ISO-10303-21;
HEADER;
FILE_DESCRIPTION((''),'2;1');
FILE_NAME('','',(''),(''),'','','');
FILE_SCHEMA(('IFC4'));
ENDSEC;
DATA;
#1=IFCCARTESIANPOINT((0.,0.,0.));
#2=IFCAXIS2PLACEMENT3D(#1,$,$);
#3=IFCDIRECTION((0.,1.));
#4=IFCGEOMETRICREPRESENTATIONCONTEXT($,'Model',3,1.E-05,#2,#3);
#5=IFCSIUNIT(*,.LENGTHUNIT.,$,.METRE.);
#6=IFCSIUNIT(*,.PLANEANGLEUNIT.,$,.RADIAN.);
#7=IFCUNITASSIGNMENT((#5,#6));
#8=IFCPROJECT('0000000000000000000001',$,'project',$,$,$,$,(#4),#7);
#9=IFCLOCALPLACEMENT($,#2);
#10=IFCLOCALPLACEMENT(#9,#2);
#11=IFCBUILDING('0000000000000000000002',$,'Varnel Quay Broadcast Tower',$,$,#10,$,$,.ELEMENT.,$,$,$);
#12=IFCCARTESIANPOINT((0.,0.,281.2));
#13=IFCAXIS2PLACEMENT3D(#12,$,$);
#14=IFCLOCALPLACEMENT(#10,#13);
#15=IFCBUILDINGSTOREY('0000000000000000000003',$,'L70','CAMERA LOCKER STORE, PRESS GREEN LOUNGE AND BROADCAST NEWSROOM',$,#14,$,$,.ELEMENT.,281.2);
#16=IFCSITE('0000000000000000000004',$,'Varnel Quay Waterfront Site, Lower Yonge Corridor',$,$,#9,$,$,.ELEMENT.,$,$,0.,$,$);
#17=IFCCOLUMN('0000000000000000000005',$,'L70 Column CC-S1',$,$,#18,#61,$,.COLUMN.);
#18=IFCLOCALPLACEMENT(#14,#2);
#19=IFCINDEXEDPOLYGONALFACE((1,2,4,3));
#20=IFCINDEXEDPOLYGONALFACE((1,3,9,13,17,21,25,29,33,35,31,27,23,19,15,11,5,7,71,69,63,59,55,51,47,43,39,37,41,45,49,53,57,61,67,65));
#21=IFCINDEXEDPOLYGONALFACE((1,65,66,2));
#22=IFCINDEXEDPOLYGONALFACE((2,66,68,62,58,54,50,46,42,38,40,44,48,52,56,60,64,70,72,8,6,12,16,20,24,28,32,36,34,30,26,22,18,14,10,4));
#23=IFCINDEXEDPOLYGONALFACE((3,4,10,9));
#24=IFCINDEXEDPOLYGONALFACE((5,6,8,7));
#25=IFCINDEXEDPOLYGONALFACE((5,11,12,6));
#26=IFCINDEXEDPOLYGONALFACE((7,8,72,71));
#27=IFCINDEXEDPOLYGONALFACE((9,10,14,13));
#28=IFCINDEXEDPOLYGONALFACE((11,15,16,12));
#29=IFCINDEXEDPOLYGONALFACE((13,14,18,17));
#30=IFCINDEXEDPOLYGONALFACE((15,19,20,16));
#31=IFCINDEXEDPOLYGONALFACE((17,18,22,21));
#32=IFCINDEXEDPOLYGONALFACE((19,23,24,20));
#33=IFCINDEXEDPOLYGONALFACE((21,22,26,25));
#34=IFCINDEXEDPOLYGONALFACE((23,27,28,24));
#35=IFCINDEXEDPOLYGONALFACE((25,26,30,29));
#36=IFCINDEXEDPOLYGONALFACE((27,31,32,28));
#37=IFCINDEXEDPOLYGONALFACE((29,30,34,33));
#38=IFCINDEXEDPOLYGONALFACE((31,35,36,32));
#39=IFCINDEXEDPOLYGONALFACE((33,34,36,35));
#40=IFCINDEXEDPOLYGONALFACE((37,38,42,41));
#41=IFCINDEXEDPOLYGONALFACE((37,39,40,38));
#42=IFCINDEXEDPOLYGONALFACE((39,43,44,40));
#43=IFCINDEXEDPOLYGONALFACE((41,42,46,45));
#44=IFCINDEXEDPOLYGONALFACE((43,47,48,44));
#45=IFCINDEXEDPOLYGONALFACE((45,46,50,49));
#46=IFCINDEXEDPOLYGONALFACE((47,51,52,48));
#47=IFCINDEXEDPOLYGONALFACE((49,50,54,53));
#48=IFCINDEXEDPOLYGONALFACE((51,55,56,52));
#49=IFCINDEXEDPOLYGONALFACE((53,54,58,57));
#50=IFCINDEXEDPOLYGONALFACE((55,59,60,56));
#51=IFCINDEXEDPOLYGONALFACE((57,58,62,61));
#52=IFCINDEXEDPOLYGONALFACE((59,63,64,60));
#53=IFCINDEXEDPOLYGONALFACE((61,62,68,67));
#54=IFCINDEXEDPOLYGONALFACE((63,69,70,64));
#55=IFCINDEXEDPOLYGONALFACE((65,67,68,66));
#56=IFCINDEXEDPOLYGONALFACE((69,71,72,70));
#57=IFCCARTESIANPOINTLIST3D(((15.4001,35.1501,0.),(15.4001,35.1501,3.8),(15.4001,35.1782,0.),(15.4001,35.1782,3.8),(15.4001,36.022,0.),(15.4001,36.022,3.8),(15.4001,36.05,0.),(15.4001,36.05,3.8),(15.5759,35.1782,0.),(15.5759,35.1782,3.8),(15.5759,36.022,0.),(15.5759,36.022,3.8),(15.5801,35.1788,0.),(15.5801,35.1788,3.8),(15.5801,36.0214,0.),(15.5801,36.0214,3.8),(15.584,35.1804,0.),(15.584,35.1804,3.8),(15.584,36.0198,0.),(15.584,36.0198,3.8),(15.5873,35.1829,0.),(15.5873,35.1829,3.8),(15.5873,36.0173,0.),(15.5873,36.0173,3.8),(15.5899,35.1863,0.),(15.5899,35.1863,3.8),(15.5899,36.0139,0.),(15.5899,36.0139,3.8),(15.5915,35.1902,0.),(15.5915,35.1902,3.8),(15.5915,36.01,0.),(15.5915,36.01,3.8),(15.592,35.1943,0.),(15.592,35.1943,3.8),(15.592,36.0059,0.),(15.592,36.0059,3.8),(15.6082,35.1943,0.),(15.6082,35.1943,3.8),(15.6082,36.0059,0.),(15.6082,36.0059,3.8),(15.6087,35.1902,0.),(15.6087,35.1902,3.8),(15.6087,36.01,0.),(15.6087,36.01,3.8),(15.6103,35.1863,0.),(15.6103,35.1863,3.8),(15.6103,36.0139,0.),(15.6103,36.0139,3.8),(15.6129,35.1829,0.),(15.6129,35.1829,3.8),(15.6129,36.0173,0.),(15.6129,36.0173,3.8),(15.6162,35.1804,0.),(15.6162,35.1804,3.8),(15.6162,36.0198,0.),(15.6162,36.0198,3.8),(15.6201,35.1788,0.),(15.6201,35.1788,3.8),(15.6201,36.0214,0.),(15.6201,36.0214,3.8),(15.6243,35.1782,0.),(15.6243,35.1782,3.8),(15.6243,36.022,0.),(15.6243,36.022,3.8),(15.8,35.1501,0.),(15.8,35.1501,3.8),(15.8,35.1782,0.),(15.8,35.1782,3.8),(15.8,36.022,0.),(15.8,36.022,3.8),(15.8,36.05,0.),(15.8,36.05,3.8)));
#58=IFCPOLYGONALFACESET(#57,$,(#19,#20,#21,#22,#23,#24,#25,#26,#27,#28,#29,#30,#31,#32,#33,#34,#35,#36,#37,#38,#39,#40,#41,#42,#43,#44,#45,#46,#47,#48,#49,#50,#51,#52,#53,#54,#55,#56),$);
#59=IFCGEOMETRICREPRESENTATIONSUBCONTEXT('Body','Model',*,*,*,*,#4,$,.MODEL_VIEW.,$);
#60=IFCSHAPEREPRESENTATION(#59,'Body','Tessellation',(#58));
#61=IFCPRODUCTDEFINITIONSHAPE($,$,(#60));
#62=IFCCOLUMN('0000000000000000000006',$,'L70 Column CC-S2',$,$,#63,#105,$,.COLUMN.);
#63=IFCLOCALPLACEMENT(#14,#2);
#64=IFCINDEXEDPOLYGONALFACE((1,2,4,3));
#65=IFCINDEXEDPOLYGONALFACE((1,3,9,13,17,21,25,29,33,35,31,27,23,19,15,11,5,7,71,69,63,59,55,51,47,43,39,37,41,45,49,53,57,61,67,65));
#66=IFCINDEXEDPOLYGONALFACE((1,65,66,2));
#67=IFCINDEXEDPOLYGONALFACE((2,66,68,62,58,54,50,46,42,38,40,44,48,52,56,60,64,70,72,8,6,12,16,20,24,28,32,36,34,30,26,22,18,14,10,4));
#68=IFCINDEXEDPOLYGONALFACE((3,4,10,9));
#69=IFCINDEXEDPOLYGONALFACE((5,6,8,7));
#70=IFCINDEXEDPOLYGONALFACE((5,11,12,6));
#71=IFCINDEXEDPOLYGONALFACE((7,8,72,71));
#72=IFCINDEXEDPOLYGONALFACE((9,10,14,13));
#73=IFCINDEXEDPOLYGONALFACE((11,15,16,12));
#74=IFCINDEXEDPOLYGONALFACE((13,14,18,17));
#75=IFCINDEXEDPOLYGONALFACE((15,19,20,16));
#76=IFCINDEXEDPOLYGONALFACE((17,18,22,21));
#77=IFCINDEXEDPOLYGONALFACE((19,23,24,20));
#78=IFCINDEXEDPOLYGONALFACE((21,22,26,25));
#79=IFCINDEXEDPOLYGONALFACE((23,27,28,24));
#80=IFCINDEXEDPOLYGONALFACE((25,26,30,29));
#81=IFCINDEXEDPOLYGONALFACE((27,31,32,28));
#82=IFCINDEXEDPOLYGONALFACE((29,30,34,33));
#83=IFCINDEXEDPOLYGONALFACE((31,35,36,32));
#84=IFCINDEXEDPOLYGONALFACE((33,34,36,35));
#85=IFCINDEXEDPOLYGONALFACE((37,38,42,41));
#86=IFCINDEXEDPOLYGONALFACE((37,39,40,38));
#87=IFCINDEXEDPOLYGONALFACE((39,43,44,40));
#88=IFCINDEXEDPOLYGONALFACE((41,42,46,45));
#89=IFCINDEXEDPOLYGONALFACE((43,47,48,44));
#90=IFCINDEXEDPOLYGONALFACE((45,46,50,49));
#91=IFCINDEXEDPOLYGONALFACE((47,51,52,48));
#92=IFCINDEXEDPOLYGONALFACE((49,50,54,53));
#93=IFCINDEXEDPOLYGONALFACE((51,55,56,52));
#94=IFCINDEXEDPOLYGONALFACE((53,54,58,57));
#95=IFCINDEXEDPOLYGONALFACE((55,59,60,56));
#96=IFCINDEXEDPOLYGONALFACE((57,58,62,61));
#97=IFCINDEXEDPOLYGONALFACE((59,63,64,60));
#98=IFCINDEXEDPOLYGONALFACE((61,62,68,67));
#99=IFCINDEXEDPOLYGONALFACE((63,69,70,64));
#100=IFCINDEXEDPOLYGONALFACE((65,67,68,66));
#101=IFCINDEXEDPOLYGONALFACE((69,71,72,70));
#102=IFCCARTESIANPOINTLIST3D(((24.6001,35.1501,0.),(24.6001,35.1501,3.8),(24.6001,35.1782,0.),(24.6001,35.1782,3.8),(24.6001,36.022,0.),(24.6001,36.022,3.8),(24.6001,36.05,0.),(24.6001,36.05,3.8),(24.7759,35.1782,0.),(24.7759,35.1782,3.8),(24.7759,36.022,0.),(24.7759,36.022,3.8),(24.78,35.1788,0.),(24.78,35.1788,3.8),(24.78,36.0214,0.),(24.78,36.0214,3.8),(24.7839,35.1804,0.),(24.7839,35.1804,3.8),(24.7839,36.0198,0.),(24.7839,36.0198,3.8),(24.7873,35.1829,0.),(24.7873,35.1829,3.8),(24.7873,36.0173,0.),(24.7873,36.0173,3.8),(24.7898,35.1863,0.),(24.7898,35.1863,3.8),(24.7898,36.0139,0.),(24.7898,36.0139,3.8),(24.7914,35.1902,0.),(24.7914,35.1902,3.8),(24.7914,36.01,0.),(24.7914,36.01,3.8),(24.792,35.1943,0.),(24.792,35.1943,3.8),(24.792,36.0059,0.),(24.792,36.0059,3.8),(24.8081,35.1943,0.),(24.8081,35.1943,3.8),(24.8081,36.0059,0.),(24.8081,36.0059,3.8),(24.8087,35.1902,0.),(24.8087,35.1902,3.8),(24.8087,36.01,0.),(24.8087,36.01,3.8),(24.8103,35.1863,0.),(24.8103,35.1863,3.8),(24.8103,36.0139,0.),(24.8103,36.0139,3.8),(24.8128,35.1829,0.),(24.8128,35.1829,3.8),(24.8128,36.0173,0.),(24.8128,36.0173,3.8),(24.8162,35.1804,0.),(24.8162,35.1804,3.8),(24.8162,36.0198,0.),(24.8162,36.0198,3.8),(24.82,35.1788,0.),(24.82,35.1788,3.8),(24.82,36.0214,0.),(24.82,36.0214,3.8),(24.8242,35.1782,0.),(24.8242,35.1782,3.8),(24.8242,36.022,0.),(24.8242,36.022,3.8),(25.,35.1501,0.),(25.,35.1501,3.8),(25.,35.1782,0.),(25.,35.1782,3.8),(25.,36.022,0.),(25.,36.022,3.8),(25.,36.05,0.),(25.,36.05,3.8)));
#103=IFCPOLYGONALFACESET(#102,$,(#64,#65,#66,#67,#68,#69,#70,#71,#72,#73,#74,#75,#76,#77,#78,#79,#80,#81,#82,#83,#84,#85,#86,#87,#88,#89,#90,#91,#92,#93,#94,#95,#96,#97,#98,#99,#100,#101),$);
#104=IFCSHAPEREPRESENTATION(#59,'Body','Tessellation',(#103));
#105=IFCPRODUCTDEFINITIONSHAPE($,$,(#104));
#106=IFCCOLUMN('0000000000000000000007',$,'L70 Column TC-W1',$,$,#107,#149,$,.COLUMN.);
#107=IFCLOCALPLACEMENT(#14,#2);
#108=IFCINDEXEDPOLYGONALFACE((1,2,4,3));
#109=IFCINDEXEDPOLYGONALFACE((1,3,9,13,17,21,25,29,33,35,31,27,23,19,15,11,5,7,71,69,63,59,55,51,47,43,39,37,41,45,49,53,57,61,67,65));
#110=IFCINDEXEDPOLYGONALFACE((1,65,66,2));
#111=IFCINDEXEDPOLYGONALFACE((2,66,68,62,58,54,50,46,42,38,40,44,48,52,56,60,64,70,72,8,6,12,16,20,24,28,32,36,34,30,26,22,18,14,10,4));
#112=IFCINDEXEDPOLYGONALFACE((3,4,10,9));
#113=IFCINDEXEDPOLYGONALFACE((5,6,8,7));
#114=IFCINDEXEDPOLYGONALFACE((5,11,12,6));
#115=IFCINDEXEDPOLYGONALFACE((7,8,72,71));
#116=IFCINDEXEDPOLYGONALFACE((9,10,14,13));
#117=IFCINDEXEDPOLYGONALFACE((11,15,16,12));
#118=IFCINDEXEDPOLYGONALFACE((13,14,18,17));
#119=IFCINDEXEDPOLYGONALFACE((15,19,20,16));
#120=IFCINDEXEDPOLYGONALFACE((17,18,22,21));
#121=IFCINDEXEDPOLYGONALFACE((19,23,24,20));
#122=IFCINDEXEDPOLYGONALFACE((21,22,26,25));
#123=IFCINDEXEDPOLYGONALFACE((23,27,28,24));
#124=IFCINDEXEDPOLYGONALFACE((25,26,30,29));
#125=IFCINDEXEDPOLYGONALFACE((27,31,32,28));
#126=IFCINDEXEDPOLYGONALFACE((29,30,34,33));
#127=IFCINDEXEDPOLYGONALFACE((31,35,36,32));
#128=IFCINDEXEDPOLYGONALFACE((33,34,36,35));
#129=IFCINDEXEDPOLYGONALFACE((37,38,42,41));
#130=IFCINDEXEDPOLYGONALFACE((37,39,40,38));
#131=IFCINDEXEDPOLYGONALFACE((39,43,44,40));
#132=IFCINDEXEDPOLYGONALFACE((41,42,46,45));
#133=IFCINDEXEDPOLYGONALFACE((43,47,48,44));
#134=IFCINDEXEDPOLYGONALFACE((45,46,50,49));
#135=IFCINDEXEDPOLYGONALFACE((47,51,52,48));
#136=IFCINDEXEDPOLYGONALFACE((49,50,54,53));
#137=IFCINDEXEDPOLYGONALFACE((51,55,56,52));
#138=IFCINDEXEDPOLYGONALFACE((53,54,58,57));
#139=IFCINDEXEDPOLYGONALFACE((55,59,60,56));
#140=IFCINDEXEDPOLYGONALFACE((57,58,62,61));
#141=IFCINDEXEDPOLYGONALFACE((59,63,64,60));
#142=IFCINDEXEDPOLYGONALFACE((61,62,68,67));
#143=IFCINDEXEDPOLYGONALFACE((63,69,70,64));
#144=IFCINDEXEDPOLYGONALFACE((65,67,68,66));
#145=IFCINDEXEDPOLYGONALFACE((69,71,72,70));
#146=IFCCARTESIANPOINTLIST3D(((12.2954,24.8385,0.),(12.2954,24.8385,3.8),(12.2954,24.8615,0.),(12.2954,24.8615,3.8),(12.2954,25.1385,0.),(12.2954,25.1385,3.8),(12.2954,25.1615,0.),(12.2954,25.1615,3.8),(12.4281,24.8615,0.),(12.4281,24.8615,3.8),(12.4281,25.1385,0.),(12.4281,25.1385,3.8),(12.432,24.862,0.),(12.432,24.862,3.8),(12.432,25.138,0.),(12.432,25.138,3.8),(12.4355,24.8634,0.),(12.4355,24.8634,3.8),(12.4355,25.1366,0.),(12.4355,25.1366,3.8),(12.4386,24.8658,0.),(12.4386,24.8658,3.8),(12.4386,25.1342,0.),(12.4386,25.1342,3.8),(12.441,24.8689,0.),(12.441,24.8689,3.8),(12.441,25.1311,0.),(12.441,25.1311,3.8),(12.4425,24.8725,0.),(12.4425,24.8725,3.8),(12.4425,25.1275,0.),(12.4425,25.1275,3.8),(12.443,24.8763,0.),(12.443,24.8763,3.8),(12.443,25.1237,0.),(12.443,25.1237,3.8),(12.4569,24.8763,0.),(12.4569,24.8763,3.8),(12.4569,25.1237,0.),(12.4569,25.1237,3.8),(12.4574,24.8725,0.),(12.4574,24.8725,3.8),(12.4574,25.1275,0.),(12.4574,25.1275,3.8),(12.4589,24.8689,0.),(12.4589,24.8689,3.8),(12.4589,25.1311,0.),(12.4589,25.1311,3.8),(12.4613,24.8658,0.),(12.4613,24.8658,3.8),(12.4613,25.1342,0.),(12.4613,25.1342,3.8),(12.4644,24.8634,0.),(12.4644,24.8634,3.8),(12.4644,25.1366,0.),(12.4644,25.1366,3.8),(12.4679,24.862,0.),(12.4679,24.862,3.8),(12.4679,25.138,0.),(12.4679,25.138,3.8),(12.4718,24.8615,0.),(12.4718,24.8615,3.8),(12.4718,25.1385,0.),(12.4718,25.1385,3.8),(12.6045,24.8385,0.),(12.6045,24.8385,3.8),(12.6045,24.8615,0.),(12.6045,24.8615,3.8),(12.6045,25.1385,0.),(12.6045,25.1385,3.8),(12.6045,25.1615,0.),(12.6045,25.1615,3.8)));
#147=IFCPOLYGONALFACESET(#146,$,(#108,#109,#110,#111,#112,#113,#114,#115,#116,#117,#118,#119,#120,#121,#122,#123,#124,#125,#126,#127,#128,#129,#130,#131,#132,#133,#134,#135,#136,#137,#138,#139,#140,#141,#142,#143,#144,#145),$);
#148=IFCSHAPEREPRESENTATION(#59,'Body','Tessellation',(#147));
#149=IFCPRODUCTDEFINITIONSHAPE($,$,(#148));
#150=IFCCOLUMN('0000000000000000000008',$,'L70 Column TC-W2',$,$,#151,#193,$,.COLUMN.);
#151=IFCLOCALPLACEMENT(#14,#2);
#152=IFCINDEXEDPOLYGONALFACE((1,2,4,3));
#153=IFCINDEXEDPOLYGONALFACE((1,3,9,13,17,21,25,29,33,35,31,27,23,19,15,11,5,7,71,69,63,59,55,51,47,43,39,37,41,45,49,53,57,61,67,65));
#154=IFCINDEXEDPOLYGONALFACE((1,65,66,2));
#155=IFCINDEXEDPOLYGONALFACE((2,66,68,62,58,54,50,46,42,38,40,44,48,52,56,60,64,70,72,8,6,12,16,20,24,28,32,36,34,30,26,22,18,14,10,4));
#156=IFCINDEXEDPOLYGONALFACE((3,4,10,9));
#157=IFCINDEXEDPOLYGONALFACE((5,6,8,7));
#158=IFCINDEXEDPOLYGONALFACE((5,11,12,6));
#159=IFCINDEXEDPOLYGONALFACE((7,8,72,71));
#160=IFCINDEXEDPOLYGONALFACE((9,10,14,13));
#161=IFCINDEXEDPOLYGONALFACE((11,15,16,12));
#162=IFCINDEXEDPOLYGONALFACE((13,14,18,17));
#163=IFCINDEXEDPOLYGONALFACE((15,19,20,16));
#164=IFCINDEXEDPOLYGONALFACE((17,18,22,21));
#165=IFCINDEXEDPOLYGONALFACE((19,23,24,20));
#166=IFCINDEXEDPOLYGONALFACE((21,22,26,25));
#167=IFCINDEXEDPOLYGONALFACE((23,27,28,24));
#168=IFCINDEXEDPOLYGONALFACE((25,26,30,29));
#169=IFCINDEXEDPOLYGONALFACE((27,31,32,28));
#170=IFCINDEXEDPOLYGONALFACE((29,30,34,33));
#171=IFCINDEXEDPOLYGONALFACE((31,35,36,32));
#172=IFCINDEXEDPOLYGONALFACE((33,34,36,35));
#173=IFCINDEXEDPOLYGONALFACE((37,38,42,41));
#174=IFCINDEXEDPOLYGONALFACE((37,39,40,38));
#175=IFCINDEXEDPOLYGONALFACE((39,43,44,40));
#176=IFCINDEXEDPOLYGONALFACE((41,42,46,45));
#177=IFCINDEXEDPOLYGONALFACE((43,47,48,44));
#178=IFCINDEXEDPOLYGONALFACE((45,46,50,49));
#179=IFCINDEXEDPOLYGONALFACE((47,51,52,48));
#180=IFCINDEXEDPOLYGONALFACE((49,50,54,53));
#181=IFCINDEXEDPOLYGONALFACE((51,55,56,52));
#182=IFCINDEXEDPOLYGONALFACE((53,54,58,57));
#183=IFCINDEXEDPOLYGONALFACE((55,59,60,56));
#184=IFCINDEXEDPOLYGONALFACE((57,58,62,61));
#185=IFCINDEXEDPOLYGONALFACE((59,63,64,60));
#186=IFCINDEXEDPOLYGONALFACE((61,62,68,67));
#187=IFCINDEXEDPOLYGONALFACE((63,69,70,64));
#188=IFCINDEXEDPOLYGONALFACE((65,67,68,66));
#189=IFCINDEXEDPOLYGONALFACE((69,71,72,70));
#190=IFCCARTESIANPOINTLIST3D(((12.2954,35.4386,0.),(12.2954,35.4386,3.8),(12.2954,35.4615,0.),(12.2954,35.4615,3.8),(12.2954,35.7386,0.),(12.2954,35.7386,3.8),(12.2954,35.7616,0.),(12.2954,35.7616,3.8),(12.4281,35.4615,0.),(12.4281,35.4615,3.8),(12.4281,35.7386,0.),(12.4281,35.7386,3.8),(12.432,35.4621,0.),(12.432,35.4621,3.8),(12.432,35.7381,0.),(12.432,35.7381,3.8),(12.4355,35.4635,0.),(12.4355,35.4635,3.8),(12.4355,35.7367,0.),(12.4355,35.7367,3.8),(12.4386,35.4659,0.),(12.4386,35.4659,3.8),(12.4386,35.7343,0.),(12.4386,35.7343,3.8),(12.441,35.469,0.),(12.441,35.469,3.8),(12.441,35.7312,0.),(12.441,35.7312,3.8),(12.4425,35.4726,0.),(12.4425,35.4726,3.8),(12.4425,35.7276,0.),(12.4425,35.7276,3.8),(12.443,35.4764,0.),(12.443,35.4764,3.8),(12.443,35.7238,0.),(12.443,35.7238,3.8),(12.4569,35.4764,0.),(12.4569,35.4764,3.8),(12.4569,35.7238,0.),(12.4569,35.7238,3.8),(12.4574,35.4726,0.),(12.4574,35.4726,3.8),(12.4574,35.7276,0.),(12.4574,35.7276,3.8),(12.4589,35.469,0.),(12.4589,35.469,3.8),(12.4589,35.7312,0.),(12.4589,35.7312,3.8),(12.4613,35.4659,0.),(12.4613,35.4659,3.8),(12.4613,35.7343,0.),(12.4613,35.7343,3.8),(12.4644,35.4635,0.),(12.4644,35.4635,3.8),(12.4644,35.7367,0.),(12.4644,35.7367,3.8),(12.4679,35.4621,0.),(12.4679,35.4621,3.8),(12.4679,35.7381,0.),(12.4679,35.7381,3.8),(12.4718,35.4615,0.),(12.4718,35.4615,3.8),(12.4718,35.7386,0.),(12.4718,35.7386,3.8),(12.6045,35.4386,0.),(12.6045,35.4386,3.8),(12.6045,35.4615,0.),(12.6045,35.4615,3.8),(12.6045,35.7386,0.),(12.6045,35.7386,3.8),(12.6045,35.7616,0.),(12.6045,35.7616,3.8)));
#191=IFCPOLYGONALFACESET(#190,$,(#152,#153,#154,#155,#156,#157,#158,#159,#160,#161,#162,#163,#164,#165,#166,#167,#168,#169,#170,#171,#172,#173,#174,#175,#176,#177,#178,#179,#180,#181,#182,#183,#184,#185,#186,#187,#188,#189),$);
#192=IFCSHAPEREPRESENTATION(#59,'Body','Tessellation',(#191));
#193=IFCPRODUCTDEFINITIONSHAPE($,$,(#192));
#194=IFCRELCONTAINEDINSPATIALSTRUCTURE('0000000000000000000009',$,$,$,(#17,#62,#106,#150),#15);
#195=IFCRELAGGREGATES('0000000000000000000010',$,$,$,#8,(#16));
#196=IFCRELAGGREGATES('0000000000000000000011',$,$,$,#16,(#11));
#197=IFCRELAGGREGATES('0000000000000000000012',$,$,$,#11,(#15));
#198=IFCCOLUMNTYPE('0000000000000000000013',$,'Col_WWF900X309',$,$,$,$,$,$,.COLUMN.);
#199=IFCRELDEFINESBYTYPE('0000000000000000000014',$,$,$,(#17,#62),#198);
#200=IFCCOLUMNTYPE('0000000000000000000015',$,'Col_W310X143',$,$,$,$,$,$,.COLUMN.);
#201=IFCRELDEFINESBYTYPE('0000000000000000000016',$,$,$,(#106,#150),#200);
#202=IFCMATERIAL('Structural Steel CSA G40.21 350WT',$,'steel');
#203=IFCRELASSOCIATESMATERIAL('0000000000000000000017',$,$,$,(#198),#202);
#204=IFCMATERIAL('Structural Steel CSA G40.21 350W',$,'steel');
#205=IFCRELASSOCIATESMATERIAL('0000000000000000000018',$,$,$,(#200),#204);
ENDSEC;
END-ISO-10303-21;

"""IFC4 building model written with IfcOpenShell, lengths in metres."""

from ifc_helpers import new_model, si_unit, direction, frame, origin, origin_2d, place, context, subcontext, project, spatial, i_section, extrude, source, transform, mapped, material, material_profile, profile_set, type_object, type_shapes, element, save


model = new_model("IFC4")

# Units and contexts
model_context = context("Model", 3, precision=1e-05, world=origin(), true_north=direction((0.0, 1.0)))
body_context = subcontext(model_context, "Body", "Model", "MODEL_VIEW")
ifc_project = project(units=[si_unit("LENGTHUNIT", "METRE"), si_unit("PLANEANGLEUNIT", "RADIAN")], contexts=[model_context])

# Site, building, storey
site_placement = place(None, origin())
site = spatial("IfcSite", under=ifc_project, at=site_placement, Name="Varnel Quay Waterfront Site, Lower Yonge Corridor", CompositionType="ELEMENT", RefElevation=0.0)
building_placement = place(site_placement, origin())
building = spatial("IfcBuilding", under=site, at=building_placement, Name="Varnel Quay Broadcast Tower", CompositionType="ELEMENT")
storey_placement = place(building_placement, frame((0.0, 0.0, 281.2)))
storey = spatial("IfcBuildingStorey", under=building, at=storey_placement, Name="L70", Description="CAMERA LOCKER STORE, PRESS GREEN LOUNGE AND BROADCAST NEWSROOM", CompositionType="ELEMENT", Elevation=281.2)

# Columns
ifc_material_1 = material(Name="Structural Steel CSA G40.21 350WT", Category="steel")
ifc_material_profile_1 = material_profile(ifc_material_1, i_section(OverallWidth=0.3999, OverallDepth=0.8999, WebThickness=0.0161, FlangeThickness=0.0281, FilletRadius=0.0161, at=origin_2d()), Name="WWF900X309")
ifc_profile_set_1 = profile_set([ifc_material_profile_1], Name="Structural Steel CSA G40.21 350WT")
column_type_1 = type_object("IfcColumnType", Name="Col_WWF900X309", PredefinedType="COLUMN", material=ifc_profile_set_1)
shared_shape_1 = source(origin(), body_context, "Body", "SweptSolid", [
    extrude(i_section(OverallWidth=0.3999, OverallDepth=0.8999, WebThickness=0.0161, FlangeThickness=0.0281, FilletRadius=0.0161, at=origin_2d()), origin(), (0.0, 0.0, 1.0), 3.8),
])
type_shapes(column_type_1, [shared_shape_1])
for number, where, z_axis, x_axis, name in (
    (1, (15.6001, 35.6001, 0.0), (0.0, 0.0, 1.0), (1.0, 0.0, 0.0), "L70 Column CC-S1"),
    (2, (24.8, 35.6001, 0.0), (0.0, 0.0, 1.0), (1.0, 0.0, 0.0), "L70 Column CC-S2"),
):
    element("IfcColumn", number, at=place(storey_placement, frame(where, z_axis=z_axis, x_axis=x_axis)), inside=storey, type_object=column_type_1, Name=name, PredefinedType="COLUMN", context=body_context, shape_type="MappedRepresentation", body=[
        mapped(shared_shape_1, transform((0.0, 0.0, 0.0), x_axis=(1.0, 0.0, 0.0), y_axis=(0.0, 1.0, 0.0), z_axis=(0.0, 0.0, 1.0), scale=1.0)),
    ])
ifc_material_2 = material(Name="Structural Steel CSA G40.21 350W", Category="steel")
ifc_material_profile_2 = material_profile(ifc_material_2, i_section(OverallWidth=0.3091, OverallDepth=0.323, WebThickness=0.0139, FlangeThickness=0.0229, FilletRadius=0.0149, at=origin_2d()), Name="W310X143")
ifc_profile_set_2 = profile_set([ifc_material_profile_2], Name="Structural Steel CSA G40.21 350W")
column_type_2 = type_object("IfcColumnType", Name="Col_W310X143", PredefinedType="COLUMN", material=ifc_profile_set_2)
shared_shape_2 = source(origin(), body_context, "Body", "SweptSolid", [
    extrude(i_section(OverallWidth=0.3091, OverallDepth=0.323, WebThickness=0.0139, FlangeThickness=0.0229, FilletRadius=0.0149, at=origin_2d()), origin(), (0.0, 0.0, 1.0), 3.8),
])
type_shapes(column_type_2, [shared_shape_2])
for number, where, z_axis, x_axis, name in (
    (3, (12.45, 25.0, 0.0), (0.0, 0.0, 1.0), (1.0, 0.0, 0.0), "L70 Column TC-W1"),
    (4, (12.45, 35.6001, 0.0), (0.0, 0.0, 1.0), (1.0, 0.0, 0.0), "L70 Column TC-W2"),
):
    element("IfcColumn", number, at=place(storey_placement, frame(where, z_axis=z_axis, x_axis=x_axis)), inside=storey, type_object=column_type_2, Name=name, PredefinedType="COLUMN", context=body_context, shape_type="MappedRepresentation", body=[
        mapped(shared_shape_2, transform((0.0, 0.0, 0.0), x_axis=(1.0, 0.0, 0.0), y_axis=(0.0, 1.0, 0.0), z_axis=(0.0, 0.0, 1.0), scale=1.0)),
    ])

save(model, "model.ifc")
